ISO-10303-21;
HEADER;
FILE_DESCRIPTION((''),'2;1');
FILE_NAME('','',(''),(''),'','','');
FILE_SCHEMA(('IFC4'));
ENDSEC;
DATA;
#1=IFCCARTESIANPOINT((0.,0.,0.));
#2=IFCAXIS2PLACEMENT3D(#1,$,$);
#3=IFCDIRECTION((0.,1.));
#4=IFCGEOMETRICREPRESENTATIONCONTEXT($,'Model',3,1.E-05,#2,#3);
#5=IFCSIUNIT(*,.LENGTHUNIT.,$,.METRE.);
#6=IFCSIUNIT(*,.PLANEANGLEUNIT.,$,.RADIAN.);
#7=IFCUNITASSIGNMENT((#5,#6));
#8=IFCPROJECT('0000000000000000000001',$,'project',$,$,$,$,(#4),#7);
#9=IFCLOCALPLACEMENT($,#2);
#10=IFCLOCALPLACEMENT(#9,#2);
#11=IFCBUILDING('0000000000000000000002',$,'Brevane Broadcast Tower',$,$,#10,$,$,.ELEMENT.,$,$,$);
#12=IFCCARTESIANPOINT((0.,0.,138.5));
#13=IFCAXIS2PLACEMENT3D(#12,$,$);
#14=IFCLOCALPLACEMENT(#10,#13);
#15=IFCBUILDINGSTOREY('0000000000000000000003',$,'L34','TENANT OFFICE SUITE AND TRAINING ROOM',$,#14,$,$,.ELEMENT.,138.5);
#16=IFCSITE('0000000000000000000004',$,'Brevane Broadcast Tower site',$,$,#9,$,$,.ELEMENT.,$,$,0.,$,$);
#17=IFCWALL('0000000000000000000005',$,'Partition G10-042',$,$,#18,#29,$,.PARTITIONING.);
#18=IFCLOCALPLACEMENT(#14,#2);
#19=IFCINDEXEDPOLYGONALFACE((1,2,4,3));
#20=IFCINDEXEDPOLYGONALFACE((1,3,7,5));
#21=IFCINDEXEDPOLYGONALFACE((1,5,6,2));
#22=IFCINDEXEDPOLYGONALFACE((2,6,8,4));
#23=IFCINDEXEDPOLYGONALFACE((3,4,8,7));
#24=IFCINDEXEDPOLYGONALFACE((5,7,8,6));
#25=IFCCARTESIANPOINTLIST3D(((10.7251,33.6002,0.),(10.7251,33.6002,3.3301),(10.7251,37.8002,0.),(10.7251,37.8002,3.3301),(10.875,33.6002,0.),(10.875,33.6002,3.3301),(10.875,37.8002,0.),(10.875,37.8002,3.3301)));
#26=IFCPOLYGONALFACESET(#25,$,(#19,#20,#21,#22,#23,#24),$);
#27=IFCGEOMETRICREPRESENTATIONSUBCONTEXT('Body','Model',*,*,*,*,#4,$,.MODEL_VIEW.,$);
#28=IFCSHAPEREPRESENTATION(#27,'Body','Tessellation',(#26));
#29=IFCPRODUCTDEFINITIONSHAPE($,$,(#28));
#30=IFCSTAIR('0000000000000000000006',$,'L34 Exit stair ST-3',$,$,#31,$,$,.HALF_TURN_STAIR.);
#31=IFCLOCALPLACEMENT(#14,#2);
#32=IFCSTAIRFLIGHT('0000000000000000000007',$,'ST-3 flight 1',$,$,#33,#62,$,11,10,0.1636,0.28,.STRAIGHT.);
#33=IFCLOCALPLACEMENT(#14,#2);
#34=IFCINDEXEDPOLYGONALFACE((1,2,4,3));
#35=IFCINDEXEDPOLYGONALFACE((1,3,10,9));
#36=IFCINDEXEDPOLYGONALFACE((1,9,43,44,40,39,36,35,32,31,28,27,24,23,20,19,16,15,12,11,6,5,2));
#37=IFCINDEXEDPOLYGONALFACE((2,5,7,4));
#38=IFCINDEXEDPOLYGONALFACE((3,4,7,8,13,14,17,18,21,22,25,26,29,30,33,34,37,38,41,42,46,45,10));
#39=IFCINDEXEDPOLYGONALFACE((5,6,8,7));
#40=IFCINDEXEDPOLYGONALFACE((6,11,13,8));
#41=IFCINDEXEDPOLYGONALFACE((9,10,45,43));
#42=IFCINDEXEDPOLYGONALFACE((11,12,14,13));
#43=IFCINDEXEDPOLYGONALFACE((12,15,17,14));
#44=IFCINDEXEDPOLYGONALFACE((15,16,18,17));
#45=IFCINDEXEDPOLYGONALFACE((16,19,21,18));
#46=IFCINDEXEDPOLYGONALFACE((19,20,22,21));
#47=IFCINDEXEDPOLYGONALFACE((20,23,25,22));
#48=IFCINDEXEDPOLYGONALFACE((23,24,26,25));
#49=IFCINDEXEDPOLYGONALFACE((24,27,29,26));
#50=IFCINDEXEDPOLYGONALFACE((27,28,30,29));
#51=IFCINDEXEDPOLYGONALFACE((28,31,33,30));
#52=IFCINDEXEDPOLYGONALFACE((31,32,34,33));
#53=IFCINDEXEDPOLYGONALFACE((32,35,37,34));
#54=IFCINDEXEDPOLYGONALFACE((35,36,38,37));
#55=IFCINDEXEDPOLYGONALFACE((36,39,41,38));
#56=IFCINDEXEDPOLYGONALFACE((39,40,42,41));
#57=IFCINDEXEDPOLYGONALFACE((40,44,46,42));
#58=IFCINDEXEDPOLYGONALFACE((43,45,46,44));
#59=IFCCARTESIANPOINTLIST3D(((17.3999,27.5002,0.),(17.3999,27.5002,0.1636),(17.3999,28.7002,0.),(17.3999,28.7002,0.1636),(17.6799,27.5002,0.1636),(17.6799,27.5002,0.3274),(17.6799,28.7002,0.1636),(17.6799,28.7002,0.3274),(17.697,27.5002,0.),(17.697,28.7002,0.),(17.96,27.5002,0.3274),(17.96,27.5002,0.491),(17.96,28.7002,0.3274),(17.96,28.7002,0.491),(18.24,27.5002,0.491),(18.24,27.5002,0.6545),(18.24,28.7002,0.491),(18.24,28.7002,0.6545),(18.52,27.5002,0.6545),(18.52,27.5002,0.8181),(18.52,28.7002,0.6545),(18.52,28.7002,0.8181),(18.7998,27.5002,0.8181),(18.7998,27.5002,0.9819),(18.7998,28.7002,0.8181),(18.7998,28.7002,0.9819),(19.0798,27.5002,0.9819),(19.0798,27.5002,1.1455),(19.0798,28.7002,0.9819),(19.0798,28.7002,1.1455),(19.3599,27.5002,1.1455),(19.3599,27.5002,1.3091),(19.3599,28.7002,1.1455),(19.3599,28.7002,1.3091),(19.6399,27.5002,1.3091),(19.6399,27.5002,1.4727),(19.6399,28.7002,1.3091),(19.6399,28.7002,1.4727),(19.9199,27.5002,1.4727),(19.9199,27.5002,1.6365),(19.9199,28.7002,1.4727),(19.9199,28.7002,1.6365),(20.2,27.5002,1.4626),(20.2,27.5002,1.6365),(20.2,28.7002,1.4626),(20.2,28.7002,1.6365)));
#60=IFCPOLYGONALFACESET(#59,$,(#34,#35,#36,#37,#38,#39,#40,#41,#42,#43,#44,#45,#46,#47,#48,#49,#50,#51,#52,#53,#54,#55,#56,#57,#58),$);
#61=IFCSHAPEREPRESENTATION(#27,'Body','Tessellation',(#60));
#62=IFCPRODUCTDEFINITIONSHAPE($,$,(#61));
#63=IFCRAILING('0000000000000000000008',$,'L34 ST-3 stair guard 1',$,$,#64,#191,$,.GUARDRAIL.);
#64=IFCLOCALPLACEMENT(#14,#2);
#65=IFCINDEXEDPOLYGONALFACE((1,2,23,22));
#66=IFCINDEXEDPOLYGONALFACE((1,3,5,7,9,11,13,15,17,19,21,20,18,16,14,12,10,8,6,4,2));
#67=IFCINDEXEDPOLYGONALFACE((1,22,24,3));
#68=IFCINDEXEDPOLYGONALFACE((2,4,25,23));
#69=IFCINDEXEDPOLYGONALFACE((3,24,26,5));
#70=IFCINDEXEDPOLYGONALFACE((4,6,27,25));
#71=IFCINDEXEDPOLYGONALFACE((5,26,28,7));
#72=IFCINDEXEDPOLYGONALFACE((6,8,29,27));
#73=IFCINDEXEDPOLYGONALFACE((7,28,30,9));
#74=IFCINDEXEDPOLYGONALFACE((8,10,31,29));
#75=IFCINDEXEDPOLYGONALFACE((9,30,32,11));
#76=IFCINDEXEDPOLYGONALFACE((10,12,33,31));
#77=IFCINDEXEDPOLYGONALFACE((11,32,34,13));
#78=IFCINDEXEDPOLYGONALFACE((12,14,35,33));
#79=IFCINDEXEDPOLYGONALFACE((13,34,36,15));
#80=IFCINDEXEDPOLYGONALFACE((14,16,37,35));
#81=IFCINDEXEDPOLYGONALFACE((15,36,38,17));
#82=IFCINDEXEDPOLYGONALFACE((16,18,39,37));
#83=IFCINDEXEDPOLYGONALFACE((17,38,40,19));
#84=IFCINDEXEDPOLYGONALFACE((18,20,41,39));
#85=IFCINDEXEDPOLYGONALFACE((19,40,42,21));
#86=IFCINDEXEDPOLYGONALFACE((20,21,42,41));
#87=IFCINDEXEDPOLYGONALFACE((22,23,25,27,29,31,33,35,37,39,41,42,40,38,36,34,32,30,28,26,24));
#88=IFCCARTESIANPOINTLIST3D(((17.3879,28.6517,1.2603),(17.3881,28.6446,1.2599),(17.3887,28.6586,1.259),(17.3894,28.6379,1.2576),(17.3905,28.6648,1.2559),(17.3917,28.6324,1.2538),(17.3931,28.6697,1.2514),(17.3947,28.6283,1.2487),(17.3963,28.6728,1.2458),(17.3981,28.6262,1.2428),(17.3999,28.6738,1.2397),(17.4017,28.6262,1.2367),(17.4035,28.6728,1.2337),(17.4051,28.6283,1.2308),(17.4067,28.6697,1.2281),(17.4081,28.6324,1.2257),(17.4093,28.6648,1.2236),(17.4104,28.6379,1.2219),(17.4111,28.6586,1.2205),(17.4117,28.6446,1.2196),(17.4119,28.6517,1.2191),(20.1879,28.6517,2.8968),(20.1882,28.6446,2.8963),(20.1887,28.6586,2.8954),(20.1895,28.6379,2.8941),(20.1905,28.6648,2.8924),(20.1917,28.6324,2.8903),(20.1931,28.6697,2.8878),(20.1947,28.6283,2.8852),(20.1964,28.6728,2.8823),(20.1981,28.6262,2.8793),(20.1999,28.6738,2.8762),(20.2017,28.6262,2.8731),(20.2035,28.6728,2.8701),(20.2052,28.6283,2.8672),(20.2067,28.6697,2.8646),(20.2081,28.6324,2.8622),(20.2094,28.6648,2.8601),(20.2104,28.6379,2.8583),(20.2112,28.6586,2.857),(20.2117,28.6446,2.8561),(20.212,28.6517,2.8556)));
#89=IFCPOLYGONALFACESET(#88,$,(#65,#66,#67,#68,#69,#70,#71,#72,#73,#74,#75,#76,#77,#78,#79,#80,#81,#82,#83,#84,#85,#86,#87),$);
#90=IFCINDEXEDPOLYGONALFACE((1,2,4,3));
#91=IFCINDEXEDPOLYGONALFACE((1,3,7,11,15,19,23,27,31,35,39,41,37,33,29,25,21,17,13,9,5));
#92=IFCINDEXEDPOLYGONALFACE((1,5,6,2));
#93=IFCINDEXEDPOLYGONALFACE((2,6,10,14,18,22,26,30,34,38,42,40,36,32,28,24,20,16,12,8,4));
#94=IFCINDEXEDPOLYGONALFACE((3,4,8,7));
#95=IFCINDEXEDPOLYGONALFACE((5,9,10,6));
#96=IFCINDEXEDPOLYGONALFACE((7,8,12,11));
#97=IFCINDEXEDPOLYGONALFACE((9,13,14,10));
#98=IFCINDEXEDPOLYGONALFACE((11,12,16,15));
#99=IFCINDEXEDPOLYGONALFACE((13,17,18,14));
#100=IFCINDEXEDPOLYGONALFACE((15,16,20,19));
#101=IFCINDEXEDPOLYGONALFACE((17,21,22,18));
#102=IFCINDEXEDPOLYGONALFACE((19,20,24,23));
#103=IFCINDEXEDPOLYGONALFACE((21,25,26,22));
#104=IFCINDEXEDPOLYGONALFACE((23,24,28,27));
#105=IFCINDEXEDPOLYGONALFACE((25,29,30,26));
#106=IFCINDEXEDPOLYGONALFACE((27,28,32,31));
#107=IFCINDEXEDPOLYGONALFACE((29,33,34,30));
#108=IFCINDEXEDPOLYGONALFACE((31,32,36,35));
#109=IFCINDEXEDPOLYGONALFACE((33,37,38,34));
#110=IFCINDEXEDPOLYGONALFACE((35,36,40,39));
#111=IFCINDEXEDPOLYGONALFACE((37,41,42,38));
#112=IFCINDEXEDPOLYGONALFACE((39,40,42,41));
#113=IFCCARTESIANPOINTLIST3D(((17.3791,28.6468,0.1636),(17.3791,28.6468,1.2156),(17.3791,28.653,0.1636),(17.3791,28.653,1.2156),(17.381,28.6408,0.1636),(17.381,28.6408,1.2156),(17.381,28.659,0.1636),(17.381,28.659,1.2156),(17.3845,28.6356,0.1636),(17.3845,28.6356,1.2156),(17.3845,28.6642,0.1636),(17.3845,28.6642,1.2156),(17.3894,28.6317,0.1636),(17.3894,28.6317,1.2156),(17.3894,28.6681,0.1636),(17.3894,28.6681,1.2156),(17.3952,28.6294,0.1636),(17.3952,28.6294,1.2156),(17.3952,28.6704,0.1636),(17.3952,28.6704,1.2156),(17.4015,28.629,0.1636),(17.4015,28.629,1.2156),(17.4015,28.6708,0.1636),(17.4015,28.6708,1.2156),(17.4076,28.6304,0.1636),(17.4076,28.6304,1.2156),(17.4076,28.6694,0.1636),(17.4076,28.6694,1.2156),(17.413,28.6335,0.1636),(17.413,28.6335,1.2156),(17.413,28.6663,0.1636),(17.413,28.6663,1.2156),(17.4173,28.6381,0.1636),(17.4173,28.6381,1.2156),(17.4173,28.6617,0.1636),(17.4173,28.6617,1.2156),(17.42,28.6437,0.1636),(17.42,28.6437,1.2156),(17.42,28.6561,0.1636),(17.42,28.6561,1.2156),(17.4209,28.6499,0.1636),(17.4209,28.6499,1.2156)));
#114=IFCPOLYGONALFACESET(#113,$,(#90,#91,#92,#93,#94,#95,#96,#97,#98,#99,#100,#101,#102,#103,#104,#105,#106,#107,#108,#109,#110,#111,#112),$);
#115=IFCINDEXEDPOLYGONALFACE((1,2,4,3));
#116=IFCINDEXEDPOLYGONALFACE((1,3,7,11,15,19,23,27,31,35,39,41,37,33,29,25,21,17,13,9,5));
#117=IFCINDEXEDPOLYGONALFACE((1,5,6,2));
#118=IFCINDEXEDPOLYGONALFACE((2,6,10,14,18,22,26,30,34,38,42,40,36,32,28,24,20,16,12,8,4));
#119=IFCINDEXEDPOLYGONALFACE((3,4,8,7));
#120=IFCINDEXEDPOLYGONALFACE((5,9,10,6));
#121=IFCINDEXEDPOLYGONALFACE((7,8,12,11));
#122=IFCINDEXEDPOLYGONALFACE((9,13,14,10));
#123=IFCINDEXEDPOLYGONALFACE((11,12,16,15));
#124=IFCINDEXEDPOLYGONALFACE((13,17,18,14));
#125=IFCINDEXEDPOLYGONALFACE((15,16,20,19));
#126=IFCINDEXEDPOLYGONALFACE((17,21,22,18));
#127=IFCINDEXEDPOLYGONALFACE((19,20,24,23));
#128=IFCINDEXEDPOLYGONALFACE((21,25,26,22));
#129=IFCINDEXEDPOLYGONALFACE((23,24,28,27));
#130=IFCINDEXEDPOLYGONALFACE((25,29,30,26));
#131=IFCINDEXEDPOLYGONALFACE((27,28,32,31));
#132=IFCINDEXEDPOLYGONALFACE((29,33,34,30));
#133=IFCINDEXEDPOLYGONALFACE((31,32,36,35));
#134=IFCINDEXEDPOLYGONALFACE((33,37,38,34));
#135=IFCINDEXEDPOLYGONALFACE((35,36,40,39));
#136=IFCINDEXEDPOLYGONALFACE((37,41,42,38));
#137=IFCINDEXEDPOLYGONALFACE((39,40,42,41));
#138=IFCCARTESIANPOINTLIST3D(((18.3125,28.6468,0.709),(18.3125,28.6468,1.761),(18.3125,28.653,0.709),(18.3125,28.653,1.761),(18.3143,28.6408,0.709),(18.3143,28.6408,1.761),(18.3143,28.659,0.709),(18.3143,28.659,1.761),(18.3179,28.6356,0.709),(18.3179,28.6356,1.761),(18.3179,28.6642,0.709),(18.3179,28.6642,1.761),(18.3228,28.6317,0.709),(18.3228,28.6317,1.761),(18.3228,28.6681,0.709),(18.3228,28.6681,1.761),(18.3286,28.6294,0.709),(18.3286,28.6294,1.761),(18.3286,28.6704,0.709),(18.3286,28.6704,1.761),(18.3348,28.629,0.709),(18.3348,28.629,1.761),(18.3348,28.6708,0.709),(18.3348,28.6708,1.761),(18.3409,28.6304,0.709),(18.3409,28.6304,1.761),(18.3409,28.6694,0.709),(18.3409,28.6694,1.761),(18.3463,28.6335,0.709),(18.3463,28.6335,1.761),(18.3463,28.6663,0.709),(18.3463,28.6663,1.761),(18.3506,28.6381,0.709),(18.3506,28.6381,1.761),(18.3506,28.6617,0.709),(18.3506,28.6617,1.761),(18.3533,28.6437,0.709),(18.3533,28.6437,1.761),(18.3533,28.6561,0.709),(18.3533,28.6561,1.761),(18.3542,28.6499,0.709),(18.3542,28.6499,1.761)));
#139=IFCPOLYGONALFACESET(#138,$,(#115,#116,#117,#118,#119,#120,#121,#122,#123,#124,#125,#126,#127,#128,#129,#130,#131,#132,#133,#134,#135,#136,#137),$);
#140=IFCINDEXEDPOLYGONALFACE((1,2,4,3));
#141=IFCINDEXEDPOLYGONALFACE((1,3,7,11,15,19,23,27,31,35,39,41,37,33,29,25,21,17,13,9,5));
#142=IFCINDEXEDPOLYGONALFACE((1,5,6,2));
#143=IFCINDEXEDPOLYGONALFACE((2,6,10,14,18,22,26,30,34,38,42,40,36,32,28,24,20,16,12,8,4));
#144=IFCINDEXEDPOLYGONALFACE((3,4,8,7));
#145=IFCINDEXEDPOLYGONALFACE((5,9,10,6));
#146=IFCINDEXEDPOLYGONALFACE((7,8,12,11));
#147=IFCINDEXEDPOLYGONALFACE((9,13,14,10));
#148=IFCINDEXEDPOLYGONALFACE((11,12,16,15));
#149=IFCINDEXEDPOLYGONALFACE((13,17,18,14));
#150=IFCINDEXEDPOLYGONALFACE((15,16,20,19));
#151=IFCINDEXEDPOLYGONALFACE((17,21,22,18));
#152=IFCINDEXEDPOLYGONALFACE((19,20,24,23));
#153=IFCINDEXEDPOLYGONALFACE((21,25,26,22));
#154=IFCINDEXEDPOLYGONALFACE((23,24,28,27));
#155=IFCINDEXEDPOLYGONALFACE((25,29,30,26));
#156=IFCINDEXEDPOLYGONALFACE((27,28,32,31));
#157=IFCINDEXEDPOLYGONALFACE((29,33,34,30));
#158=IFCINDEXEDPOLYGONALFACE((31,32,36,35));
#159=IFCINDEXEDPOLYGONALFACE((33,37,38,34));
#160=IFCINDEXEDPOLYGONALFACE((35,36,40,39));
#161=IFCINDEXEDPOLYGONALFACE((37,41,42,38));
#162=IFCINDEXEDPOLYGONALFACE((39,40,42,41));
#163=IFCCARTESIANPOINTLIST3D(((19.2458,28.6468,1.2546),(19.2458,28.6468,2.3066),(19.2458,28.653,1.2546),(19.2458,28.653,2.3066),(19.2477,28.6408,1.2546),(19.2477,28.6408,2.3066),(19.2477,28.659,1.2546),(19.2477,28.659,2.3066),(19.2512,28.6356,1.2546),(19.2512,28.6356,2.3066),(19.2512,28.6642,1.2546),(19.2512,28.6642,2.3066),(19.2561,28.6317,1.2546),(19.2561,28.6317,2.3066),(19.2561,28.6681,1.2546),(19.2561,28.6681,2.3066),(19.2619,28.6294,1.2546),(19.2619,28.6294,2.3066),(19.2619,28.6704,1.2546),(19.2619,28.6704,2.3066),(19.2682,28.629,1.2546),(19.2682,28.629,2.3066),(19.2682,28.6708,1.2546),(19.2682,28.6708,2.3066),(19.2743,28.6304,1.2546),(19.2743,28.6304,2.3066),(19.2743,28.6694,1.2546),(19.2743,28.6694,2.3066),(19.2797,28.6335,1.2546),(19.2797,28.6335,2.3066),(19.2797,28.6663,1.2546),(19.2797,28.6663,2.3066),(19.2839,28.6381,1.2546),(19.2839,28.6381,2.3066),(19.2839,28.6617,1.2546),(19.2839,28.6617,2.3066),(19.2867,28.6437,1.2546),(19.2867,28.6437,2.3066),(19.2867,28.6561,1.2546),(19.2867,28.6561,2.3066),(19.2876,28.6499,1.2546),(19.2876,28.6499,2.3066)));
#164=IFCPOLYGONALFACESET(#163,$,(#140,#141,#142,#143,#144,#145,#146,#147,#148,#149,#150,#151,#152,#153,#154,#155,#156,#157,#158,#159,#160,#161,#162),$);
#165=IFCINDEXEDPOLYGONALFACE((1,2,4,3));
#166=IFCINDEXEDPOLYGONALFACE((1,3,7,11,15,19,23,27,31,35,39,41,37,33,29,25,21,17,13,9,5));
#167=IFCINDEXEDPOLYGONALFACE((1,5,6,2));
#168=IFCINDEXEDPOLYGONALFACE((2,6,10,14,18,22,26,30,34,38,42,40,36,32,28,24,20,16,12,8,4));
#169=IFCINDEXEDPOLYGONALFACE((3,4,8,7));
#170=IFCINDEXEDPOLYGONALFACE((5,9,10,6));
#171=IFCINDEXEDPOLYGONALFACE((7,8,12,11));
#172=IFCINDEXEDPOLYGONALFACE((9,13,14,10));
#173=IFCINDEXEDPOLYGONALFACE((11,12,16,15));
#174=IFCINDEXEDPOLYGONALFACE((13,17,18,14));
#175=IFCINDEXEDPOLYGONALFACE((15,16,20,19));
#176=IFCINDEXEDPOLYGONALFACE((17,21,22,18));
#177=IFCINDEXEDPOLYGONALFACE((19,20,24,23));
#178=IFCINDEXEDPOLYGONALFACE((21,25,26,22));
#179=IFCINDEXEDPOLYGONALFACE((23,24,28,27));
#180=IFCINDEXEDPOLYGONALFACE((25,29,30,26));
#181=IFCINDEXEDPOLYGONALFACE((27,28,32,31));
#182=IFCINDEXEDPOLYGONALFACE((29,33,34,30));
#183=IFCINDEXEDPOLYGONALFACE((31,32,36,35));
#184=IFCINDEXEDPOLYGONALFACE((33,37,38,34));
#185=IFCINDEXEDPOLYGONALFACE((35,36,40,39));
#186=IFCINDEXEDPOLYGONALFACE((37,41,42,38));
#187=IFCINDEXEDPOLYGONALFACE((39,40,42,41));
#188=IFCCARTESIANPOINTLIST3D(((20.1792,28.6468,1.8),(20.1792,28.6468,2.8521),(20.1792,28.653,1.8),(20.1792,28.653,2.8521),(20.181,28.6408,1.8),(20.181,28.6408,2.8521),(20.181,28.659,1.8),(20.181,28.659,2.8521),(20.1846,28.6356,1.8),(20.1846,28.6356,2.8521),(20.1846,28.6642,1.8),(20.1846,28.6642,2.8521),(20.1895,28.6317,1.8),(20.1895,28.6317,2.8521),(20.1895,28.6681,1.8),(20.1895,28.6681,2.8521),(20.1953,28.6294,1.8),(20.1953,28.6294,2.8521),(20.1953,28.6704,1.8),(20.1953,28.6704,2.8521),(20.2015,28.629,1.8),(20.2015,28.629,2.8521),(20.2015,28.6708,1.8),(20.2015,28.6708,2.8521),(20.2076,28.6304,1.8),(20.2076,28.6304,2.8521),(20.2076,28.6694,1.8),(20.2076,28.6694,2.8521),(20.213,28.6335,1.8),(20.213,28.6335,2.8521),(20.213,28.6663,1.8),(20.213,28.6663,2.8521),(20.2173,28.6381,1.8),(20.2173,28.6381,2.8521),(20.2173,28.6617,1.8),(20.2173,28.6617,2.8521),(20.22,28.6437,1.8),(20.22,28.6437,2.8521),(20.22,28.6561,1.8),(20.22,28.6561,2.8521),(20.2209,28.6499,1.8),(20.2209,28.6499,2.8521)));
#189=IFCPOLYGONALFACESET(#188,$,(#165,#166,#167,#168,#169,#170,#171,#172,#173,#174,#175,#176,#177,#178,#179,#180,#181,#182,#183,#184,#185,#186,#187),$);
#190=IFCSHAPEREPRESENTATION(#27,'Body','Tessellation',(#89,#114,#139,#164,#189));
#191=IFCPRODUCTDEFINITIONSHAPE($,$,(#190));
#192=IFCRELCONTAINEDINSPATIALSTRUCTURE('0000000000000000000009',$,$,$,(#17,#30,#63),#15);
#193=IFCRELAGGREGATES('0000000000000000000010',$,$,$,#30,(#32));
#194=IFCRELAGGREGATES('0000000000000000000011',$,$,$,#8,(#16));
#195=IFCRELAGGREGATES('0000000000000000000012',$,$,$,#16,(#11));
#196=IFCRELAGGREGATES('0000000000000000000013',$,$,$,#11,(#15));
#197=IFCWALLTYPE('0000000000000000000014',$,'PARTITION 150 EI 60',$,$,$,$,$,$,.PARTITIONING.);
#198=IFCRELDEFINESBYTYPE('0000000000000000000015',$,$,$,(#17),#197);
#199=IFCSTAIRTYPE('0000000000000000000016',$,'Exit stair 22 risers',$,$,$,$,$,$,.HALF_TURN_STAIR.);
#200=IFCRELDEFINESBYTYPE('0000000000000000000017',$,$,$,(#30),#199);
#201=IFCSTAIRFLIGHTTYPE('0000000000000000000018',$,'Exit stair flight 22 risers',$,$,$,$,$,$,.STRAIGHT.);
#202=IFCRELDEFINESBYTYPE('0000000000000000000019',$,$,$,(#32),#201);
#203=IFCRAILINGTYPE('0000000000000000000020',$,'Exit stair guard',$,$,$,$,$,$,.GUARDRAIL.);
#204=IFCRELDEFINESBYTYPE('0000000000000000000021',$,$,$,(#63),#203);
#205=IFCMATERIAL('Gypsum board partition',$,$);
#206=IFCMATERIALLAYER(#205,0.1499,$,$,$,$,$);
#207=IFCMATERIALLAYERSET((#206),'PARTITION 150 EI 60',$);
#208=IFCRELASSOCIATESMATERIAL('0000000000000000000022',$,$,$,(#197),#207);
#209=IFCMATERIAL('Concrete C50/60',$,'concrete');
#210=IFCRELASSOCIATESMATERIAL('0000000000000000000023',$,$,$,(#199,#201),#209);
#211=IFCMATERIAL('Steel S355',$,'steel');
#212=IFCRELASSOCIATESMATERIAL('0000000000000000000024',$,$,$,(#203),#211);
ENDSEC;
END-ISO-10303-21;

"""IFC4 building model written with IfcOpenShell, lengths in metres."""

from ifc_helpers import new_model, si_unit, direction, frame, frame_2d, origin, origin_2d, place, context, subcontext, project, spatial, polyline, rectangle, circle, outline, extrude, material, layer, layer_set, type_object, element, aggregate, save


model = new_model("IFC4")

# Units and contexts
model_context = context("Model", 3, precision=1e-05, world=origin(), true_north=direction((0.0, 1.0)))
body_context = subcontext(model_context, "Body", "Model", "MODEL_VIEW")
ifc_project = project(units=[si_unit("LENGTHUNIT", "METRE"), si_unit("PLANEANGLEUNIT", "RADIAN")], contexts=[model_context])

# Site, building, storey
site_placement = place(None, origin())
site = spatial("IfcSite", under=ifc_project, at=site_placement, Name="Brevane Broadcast Tower site", CompositionType="ELEMENT", RefElevation=0.0)
building_placement = place(site_placement, origin())
building = spatial("IfcBuilding", under=site, at=building_placement, Name="Brevane Broadcast Tower", CompositionType="ELEMENT")
storey_placement = place(building_placement, frame((0.0, 0.0, 138.5)))
storey = spatial("IfcBuildingStorey", under=building, at=storey_placement, Name="L34", Description="TENANT OFFICE SUITE AND TRAINING ROOM", CompositionType="ELEMENT", Elevation=138.5)

# Shared definitions
ifc_material_1 = material(Name="Gypsum board partition")
ifc_layer_1 = layer(ifc_material_1, 0.1499)
ifc_layer_set_1 = layer_set([ifc_layer_1], Name="PARTITION 150 EI 60")
wall_type_1 = type_object("IfcWallType", Name="PARTITION 150 EI 60", PredefinedType="PARTITIONING", material=ifc_layer_set_1)

# Wall
wall_1_placement = place(storey_placement, frame((10.8, 33.6001, 0.0), z_axis=(0.0, 0.0, 1.0), x_axis=(0.0, 1.0, 0.0)))
element("IfcWall", 1, at=wall_1_placement, inside=storey, type_object=wall_type_1, Name="Partition G10-042", PredefinedType="PARTITIONING", context=body_context, shape_type="SweptSolid", body=[
    extrude(rectangle(XDim=4.2, YDim=0.1499, at=frame_2d((2.1001, 0.0))), origin(), (0.0, 0.0, 1.0), 3.3301),
])

# Stair, stair flight
ifc_material_2 = material(Name="Concrete C50/60", Category="concrete")
stair_type = type_object("IfcStairType", Name="Exit stair 22 risers", PredefinedType="HALF_TURN_STAIR", material=ifc_material_2)
stair_placement = place(storey_placement, origin())
stair = element("IfcStair", 2, at=stair_placement, inside=storey, type_object=stair_type, Name="L34 Exit stair ST-3", PredefinedType="HALF_TURN_STAIR")
stair_flight_type = type_object("IfcStairFlightType", Name="Exit stair flight 22 risers", PredefinedType="STRAIGHT", material=ifc_material_2)
stair_flight_placement = place(storey_placement, frame((17.3999, 28.1001, 0.0), z_axis=(0.0, 0.0, 1.0), x_axis=(1.0, 0.0, 0.0)))
stair_flight = element("IfcStairFlight", 3, at=stair_flight_placement, type_object=stair_flight_type, Name="ST-3 flight 1", NumberOfRisers=11, NumberOfTreads=10, PredefinedType="STRAIGHT", RiserHeight=0.1636, TreadLength=0.28, context=body_context, shape_type="SweptSolid", body=[
    extrude(outline(polyline([(0.0, 0.0), (0.0, 0.1636), (0.28, 0.1636), (0.28, 0.3274), (0.5601, 0.3274), (0.5601, 0.491), (0.8401, 0.491), (0.8401, 0.6545), (1.1201, 0.6545), (1.1201, 0.8181), (1.3999, 0.8181), (1.3999, 0.9819), (1.6799, 0.9819), (1.6799, 1.1455), (1.96, 1.1455), (1.96, 1.3091), (2.24, 1.3091), (2.24, 1.4727), (2.52, 1.4727), (2.52, 1.6365), (2.8, 1.6365), (2.8, 1.8), (2.8, 1.4626), (0.2971, 0.0), (0.0, 0.0)])), frame((0.0, 0.6001, 0.0), z_axis=(0.0, -1.0, 0.0), x_axis=(1.0, 0.0, 0.0)), (0.0, 0.0, 1.0), 1.2),
])
aggregate(stair, [stair_flight])

# Railing
ifc_material_3 = material(Name="Steel S355", Category="steel")
railing_type_1 = type_object("IfcRailingType", Name="Exit stair guard", PredefinedType="GUARDRAIL", material=ifc_material_3)
railing_1_placement = place(storey_placement, frame((17.3999, 28.6499, 0.1636)))
element("IfcRailing", 4, at=railing_1_placement, inside=storey, type_object=railing_type_1, Name="L34 ST-3 stair guard 1", PredefinedType="GUARDRAIL", context=body_context, shape_type="SweptSolid", body=[
    extrude(circle(Radius=0.0239, at=origin_2d()), frame((0.0, 0.0, 1.0762), z_axis=(0.863361, 0.0, 0.504587), x_axis=(0.0, 1.0, 0.0)), (0.0, 0.0, 1.0), 3.2432),
    extrude(circle(Radius=0.021, at=origin_2d()), origin(), (0.0, 0.0, 1.0), 1.052),
    extrude(circle(Radius=0.021, at=origin_2d()), frame((0.9333, 0.0, 0.5454)), (0.0, 0.0, 1.0), 1.052),
    extrude(circle(Radius=0.021, at=origin_2d()), frame((1.8667, 0.0, 1.0911)), (0.0, 0.0, 1.0), 1.052),
    extrude(circle(Radius=0.021, at=origin_2d()), frame((2.8, 0.0, 1.6365)), (0.0, 0.0, 1.0), 1.052),
])

save(model, "model.ifc")
